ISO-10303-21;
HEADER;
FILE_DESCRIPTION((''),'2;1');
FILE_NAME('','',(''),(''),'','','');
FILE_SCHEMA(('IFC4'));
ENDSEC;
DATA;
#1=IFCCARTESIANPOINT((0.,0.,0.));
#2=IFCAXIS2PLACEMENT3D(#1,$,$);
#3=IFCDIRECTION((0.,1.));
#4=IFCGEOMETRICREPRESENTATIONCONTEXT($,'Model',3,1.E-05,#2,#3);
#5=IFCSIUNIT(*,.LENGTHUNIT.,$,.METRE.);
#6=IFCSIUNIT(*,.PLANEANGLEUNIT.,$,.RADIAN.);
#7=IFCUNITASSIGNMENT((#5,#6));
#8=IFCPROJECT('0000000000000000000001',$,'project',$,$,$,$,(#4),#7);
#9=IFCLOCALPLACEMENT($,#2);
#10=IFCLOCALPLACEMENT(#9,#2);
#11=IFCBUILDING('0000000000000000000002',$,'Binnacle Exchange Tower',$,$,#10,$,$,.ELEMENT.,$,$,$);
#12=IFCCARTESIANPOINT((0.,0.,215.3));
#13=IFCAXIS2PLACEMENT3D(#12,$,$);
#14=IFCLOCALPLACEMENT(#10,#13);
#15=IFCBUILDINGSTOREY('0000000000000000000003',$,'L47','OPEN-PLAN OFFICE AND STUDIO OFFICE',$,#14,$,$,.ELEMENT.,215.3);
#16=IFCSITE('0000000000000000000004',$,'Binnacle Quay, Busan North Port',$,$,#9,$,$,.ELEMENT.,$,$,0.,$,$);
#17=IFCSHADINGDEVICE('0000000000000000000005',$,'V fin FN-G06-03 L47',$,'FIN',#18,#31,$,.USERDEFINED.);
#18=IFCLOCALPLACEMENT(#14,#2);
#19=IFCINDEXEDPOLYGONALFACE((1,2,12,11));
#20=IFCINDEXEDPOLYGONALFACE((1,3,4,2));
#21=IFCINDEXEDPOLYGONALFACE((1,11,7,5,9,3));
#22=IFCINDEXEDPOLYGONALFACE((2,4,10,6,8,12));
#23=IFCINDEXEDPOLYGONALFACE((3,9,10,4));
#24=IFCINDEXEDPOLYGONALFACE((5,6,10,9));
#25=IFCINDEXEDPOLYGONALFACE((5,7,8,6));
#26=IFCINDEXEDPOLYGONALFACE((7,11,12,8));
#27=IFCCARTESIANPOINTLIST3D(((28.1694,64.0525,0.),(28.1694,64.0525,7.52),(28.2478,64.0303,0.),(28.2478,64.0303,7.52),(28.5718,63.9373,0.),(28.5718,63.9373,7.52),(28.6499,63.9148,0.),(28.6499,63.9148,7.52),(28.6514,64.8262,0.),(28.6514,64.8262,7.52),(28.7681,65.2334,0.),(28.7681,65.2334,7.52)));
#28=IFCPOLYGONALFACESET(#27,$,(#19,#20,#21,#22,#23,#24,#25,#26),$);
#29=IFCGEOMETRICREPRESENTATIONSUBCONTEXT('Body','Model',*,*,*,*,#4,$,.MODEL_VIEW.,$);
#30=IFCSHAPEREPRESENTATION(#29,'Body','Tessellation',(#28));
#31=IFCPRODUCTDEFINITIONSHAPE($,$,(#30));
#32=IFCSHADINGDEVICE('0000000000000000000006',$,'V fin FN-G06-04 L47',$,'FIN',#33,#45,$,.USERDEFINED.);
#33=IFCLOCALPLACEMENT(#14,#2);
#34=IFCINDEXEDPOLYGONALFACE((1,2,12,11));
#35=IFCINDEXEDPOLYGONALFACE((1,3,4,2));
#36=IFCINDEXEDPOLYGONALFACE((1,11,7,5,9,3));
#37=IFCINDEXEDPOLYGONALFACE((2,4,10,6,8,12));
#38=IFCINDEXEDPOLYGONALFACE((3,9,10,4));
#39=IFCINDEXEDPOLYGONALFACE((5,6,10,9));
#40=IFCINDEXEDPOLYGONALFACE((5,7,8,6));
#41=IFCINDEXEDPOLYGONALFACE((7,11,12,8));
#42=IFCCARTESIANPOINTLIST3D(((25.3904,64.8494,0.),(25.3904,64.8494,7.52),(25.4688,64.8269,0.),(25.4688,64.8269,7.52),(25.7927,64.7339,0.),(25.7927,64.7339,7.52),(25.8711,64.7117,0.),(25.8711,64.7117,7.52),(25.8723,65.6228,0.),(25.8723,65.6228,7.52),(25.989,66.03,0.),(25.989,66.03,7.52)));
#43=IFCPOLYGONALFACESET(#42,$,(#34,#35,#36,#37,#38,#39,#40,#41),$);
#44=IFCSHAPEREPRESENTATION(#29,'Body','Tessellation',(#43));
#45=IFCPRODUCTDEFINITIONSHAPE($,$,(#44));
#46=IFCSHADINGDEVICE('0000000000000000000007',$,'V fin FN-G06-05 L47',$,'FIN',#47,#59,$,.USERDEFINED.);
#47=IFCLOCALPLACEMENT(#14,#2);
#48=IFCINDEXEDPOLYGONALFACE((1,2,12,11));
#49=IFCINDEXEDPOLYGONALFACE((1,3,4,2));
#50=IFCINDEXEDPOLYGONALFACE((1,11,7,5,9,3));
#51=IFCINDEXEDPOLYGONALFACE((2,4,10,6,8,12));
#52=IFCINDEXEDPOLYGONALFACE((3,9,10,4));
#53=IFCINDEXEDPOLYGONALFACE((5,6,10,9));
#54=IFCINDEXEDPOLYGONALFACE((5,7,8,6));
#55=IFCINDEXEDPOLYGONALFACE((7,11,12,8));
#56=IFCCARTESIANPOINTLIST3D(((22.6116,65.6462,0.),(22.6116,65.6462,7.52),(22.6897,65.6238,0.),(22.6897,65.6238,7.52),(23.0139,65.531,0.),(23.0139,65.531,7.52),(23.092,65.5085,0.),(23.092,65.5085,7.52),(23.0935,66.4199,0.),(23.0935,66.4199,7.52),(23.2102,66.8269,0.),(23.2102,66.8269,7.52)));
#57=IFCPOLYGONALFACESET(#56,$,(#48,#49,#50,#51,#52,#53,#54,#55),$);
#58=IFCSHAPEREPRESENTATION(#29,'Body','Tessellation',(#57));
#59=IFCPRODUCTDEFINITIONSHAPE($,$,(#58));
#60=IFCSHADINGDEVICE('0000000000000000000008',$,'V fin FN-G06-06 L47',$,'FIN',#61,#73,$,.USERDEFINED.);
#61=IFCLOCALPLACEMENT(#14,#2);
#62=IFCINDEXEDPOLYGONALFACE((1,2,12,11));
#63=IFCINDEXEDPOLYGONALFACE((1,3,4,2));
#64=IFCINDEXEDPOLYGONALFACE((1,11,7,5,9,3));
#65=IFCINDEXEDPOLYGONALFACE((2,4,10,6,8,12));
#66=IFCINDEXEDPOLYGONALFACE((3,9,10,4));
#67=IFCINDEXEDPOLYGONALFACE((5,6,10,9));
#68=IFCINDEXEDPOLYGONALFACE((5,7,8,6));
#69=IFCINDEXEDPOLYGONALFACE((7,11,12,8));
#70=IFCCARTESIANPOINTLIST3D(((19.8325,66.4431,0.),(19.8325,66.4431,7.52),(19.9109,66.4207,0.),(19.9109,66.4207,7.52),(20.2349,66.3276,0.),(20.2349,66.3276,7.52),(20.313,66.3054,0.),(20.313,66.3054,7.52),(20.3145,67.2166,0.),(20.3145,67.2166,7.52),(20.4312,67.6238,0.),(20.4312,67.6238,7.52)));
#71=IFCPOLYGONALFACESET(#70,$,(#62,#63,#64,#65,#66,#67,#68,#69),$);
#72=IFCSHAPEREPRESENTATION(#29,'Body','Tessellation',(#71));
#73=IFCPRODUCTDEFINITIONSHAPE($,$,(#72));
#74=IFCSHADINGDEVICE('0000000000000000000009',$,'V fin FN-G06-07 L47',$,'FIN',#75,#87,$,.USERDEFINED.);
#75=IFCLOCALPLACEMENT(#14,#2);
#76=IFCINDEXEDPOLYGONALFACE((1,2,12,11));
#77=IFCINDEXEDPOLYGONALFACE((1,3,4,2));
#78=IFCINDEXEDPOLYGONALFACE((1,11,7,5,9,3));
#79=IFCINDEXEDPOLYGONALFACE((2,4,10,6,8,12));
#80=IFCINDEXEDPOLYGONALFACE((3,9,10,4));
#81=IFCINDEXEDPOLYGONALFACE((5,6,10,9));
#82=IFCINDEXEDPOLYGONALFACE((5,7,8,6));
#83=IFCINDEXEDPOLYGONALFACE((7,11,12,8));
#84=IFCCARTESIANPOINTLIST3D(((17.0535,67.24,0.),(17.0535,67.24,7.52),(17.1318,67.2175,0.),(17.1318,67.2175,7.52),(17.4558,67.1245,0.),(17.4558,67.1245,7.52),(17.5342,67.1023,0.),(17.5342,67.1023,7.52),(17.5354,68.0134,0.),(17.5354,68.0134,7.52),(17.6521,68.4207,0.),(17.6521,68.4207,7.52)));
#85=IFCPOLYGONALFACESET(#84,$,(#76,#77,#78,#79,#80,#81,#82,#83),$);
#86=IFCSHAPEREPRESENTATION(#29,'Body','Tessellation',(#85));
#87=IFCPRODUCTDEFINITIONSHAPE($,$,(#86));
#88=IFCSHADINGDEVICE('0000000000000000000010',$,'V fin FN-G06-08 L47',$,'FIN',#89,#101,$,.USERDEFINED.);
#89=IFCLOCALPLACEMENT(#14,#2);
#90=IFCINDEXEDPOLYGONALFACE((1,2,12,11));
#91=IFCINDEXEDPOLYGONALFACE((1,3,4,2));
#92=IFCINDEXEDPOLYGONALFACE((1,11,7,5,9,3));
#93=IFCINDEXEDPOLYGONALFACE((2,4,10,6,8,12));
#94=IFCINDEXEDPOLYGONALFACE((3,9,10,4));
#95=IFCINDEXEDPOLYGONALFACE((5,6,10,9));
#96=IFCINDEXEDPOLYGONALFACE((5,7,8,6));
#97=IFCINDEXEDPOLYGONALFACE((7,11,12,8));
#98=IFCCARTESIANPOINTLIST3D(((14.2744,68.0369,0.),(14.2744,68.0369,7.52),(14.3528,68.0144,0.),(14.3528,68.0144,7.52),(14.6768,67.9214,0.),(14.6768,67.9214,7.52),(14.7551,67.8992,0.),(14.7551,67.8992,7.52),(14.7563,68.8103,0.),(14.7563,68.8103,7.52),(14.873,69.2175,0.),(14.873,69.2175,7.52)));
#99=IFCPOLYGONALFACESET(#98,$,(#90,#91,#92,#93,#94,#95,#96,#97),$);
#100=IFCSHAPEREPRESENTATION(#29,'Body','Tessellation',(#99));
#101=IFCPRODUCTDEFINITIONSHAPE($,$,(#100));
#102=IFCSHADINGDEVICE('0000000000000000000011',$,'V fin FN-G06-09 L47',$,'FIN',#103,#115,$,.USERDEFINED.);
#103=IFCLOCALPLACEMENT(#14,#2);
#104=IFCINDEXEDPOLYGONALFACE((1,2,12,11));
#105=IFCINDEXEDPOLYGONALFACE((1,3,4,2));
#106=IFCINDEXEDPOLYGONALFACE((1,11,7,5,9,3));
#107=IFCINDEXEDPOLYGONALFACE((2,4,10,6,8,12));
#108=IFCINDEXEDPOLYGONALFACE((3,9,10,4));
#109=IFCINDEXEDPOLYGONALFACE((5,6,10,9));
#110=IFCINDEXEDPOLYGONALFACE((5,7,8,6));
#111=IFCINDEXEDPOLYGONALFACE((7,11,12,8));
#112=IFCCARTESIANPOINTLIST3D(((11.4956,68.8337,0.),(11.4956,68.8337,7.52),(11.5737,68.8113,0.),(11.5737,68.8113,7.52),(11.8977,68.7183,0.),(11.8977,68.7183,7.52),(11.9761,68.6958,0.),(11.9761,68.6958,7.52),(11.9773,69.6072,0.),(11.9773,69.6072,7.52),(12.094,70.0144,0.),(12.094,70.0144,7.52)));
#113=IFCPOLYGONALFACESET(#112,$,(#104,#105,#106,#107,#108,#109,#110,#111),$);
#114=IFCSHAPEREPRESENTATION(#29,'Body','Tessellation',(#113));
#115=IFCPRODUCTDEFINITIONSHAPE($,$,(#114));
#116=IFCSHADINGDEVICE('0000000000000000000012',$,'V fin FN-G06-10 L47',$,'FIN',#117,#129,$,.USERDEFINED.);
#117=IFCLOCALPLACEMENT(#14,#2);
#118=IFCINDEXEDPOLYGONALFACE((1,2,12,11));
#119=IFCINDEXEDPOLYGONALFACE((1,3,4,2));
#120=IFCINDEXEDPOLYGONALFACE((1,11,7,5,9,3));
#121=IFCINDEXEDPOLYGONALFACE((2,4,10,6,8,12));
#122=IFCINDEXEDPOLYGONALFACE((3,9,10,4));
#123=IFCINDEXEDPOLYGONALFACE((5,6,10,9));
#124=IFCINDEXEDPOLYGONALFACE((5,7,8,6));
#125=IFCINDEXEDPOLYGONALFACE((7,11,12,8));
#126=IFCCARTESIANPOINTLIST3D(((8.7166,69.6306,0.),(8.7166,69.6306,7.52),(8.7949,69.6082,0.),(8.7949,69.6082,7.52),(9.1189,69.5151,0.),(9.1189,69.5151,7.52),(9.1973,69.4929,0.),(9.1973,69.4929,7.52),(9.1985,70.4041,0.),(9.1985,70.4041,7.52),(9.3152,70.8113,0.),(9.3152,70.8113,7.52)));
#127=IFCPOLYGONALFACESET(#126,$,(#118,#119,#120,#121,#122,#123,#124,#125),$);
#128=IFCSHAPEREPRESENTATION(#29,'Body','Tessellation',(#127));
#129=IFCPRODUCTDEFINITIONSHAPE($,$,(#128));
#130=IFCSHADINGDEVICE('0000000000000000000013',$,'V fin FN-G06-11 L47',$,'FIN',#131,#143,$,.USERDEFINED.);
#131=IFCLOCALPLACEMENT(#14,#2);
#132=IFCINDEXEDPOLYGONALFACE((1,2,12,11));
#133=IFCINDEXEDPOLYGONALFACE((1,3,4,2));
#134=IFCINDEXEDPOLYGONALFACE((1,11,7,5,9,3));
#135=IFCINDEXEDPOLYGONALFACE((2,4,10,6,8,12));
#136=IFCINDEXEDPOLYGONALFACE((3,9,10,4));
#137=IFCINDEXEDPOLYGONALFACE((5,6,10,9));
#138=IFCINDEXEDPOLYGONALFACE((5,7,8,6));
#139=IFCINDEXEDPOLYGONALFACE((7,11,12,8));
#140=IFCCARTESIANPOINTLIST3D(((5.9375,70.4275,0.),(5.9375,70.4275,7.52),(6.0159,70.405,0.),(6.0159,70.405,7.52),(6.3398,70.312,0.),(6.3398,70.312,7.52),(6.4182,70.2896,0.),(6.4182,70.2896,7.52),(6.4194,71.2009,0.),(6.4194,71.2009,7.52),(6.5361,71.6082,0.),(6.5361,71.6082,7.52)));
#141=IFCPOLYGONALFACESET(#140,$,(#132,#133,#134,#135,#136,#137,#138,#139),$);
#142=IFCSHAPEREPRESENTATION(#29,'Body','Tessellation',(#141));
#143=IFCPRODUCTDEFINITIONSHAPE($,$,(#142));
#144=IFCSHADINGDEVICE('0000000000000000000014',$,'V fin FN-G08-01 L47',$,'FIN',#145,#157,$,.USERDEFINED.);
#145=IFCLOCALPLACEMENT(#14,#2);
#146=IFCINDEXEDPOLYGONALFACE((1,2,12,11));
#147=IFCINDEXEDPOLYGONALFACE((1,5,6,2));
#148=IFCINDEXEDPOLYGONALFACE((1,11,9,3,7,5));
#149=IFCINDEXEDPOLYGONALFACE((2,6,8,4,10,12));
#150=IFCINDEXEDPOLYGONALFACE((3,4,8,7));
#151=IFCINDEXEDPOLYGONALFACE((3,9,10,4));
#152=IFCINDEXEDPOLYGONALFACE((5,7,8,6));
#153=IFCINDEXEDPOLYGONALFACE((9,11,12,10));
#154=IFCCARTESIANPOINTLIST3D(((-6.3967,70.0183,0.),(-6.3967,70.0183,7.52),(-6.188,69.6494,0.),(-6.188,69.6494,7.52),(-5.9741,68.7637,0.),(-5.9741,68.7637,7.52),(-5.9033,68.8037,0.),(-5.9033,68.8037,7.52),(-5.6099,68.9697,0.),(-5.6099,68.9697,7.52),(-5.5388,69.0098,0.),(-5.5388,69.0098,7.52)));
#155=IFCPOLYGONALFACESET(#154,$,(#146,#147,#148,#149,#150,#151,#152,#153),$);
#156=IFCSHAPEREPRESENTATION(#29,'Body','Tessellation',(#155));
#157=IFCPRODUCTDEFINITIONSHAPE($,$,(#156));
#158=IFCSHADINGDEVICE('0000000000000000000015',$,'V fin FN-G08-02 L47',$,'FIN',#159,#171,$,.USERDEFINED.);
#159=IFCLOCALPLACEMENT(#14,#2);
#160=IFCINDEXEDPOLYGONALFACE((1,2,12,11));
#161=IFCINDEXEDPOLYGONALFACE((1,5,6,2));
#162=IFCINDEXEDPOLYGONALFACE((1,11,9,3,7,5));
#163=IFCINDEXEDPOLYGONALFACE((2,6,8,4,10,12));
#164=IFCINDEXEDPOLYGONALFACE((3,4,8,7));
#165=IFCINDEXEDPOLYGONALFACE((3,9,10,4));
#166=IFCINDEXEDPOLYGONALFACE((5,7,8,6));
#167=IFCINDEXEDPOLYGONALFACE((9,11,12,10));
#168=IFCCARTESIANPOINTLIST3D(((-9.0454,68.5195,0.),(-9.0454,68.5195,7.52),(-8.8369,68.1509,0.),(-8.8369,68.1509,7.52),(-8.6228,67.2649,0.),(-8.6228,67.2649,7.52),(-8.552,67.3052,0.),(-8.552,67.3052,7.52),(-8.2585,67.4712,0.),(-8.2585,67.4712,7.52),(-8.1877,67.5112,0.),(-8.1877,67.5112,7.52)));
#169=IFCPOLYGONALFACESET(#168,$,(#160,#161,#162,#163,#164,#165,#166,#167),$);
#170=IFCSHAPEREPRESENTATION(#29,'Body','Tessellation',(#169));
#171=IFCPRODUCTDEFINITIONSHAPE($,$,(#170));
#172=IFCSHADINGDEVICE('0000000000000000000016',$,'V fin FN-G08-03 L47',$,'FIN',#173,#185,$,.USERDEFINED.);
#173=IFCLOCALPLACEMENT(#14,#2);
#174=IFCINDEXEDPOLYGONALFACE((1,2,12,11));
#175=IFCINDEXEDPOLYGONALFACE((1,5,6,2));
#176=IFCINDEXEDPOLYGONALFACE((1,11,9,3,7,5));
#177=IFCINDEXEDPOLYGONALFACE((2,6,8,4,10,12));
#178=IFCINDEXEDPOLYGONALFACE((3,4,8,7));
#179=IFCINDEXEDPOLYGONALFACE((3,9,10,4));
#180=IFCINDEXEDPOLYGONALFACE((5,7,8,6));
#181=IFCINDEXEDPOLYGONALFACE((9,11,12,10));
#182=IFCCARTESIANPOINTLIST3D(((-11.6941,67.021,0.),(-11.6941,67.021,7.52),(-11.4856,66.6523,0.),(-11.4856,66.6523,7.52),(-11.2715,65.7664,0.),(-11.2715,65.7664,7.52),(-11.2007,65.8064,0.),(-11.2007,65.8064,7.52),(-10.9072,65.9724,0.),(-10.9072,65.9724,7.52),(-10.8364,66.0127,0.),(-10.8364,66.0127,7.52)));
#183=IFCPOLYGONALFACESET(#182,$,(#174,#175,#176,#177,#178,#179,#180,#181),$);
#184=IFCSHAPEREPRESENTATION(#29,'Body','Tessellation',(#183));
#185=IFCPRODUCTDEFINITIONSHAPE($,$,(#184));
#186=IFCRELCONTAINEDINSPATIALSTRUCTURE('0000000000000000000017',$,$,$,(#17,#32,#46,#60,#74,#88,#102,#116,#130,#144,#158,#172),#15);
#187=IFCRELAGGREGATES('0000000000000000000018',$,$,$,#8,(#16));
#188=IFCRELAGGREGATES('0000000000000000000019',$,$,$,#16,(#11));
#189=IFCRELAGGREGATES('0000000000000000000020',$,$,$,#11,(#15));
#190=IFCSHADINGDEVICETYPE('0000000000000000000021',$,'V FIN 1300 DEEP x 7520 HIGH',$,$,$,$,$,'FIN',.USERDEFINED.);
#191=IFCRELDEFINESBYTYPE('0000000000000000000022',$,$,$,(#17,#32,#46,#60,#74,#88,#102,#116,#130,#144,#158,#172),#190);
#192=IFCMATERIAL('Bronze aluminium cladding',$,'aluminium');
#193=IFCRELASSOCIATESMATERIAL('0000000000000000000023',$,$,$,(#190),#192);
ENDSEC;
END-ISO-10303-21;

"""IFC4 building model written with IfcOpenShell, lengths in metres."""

from ifc_helpers import new_model, si_unit, direction, frame, origin, place, context, subcontext, project, spatial, polyline, outline, extrude, material, type_object, element, save


model = new_model("IFC4")

# Units and contexts
model_context = context("Model", 3, precision=1e-05, world=origin(), true_north=direction((0.0, 1.0)))
body_context = subcontext(model_context, "Body", "Model", "MODEL_VIEW")
ifc_project = project(units=[si_unit("LENGTHUNIT", "METRE"), si_unit("PLANEANGLEUNIT", "RADIAN")], contexts=[model_context])

# Site, building, storey
site_placement = place(None, origin())
site = spatial("IfcSite", under=ifc_project, at=site_placement, Name="Binnacle Quay, Busan North Port", CompositionType="ELEMENT", RefElevation=0.0)
building_placement = place(site_placement, origin())
building = spatial("IfcBuilding", under=site, at=building_placement, Name="Binnacle Exchange Tower", CompositionType="ELEMENT")
storey_placement = place(building_placement, frame((0.0, 0.0, 215.3)))
storey = spatial("IfcBuildingStorey", under=building, at=storey_placement, Name="L47", Description="OPEN-PLAN OFFICE AND STUDIO OFFICE", CompositionType="ELEMENT", Elevation=215.3)

# Shading devices
ifc_material_1 = material(Name="Bronze aluminium cladding", Category="aluminium")
shading_device_type = type_object("IfcShadingDeviceType", Name="V FIN 1300 DEEP x 7520 HIGH", ElementType="FIN", PredefinedType="USERDEFINED", material=ifc_material_1)
shading_device_1_placement = place(storey_placement, origin())
element("IfcShadingDevice", 1, at=shading_device_1_placement, inside=storey, type_object=shading_device_type, Name="V fin FN-G06-03 L47", ObjectType="FIN", PredefinedType="USERDEFINED", context=body_context, shape_type="SweptSolid", body=[
    extrude(outline(polyline([(28.6499, 63.9148), (28.7681, 65.2334), (28.1694, 64.0525), (28.2478, 64.0303), (28.6514, 64.8262), (28.5718, 63.9373), (28.6499, 63.9148)])), origin(), (0.0, 0.0, 1.0), 7.52),
])
shading_device_2_placement = place(storey_placement, origin())
element("IfcShadingDevice", 2, at=shading_device_2_placement, inside=storey, type_object=shading_device_type, Name="V fin FN-G06-04 L47", ObjectType="FIN", PredefinedType="USERDEFINED", context=body_context, shape_type="SweptSolid", body=[
    extrude(outline(polyline([(25.8711, 64.7117), (25.989, 66.03), (25.3904, 64.8494), (25.4688, 64.8269), (25.8723, 65.6228), (25.7927, 64.7339), (25.8711, 64.7117)])), origin(), (0.0, 0.0, 1.0), 7.52),
])
shading_device_3_placement = place(storey_placement, origin())
element("IfcShadingDevice", 3, at=shading_device_3_placement, inside=storey, type_object=shading_device_type, Name="V fin FN-G06-05 L47", ObjectType="FIN", PredefinedType="USERDEFINED", context=body_context, shape_type="SweptSolid", body=[
    extrude(outline(polyline([(23.092, 65.5085), (23.2102, 66.8269), (22.6116, 65.6462), (22.6897, 65.6238), (23.0935, 66.4199), (23.0139, 65.531), (23.092, 65.5085)])), origin(), (0.0, 0.0, 1.0), 7.52),
])
shading_device_4_placement = place(storey_placement, origin())
element("IfcShadingDevice", 4, at=shading_device_4_placement, inside=storey, type_object=shading_device_type, Name="V fin FN-G06-06 L47", ObjectType="FIN", PredefinedType="USERDEFINED", context=body_context, shape_type="SweptSolid", body=[
    extrude(outline(polyline([(20.313, 66.3054), (20.4312, 67.6238), (19.8325, 66.4431), (19.9109, 66.4207), (20.3145, 67.2166), (20.2349, 66.3276), (20.313, 66.3054)])), origin(), (0.0, 0.0, 1.0), 7.52),
])
shading_device_5_placement = place(storey_placement, origin())
element("IfcShadingDevice", 5, at=shading_device_5_placement, inside=storey, type_object=shading_device_type, Name="V fin FN-G06-07 L47", ObjectType="FIN", PredefinedType="USERDEFINED", context=body_context, shape_type="SweptSolid", body=[
    extrude(outline(polyline([(17.5342, 67.1023), (17.6521, 68.4207), (17.0535, 67.24), (17.1318, 67.2175), (17.5354, 68.0134), (17.4558, 67.1245), (17.5342, 67.1023)])), origin(), (0.0, 0.0, 1.0), 7.52),
])
shading_device_6_placement = place(storey_placement, origin())
element("IfcShadingDevice", 6, at=shading_device_6_placement, inside=storey, type_object=shading_device_type, Name="V fin FN-G06-08 L47", ObjectType="FIN", PredefinedType="USERDEFINED", context=body_context, shape_type="SweptSolid", body=[
    extrude(outline(polyline([(14.7551, 67.8992), (14.873, 69.2175), (14.2744, 68.0369), (14.3528, 68.0144), (14.7563, 68.8103), (14.6768, 67.9214), (14.7551, 67.8992)])), origin(), (0.0, 0.0, 1.0), 7.52),
])
shading_device_7_placement = place(storey_placement, origin())
element("IfcShadingDevice", 7, at=shading_device_7_placement, inside=storey, type_object=shading_device_type, Name="V fin FN-G06-09 L47", ObjectType="FIN", PredefinedType="USERDEFINED", context=body_context, shape_type="SweptSolid", body=[
    extrude(outline(polyline([(11.9761, 68.6958), (12.094, 70.0144), (11.4956, 68.8337), (11.5737, 68.8113), (11.9773, 69.6072), (11.8977, 68.7183), (11.9761, 68.6958)])), origin(), (0.0, 0.0, 1.0), 7.52),
])
shading_device_8_placement = place(storey_placement, origin())
element("IfcShadingDevice", 8, at=shading_device_8_placement, inside=storey, type_object=shading_device_type, Name="V fin FN-G06-10 L47", ObjectType="FIN", PredefinedType="USERDEFINED", context=body_context, shape_type="SweptSolid", body=[
    extrude(outline(polyline([(9.1973, 69.4929), (9.3152, 70.8113), (8.7166, 69.6306), (8.7949, 69.6082), (9.1985, 70.4041), (9.1189, 69.5151), (9.1973, 69.4929)])), origin(), (0.0, 0.0, 1.0), 7.52),
])
shading_device_9_placement = place(storey_placement, origin())
element("IfcShadingDevice", 9, at=shading_device_9_placement, inside=storey, type_object=shading_device_type, Name="V fin FN-G06-11 L47", ObjectType="FIN", PredefinedType="USERDEFINED", context=body_context, shape_type="SweptSolid", body=[
    extrude(outline(polyline([(6.4182, 70.2896), (6.5361, 71.6082), (5.9375, 70.4275), (6.0159, 70.405), (6.4194, 71.2009), (6.3398, 70.312), (6.4182, 70.2896)])), origin(), (0.0, 0.0, 1.0), 7.52),
])
shading_device_10_placement = place(storey_placement, origin())
element("IfcShadingDevice", 10, at=shading_device_10_placement, inside=storey, type_object=shading_device_type, Name="V fin FN-G08-01 L47", ObjectType="FIN", PredefinedType="USERDEFINED", context=body_context, shape_type="SweptSolid", body=[
    extrude(outline(polyline([(-5.5388, 69.0098), (-6.3967, 70.0183), (-5.9741, 68.7637), (-5.9033, 68.8037), (-6.188, 69.6494), (-5.6099, 68.9697), (-5.5388, 69.0098)])), origin(), (0.0, 0.0, 1.0), 7.52),
])
shading_device_11_placement = place(storey_placement, origin())
element("IfcShadingDevice", 11, at=shading_device_11_placement, inside=storey, type_object=shading_device_type, Name="V fin FN-G08-02 L47", ObjectType="FIN", PredefinedType="USERDEFINED", context=body_context, shape_type="SweptSolid", body=[
    extrude(outline(polyline([(-8.1877, 67.5112), (-9.0454, 68.5195), (-8.6228, 67.2649), (-8.552, 67.3052), (-8.8369, 68.1509), (-8.2585, 67.4712), (-8.1877, 67.5112)])), origin(), (0.0, 0.0, 1.0), 7.52),
])
shading_device_12_placement = place(storey_placement, origin())
element("IfcShadingDevice", 12, at=shading_device_12_placement, inside=storey, type_object=shading_device_type, Name="V fin FN-G08-03 L47", ObjectType="FIN", PredefinedType="USERDEFINED", context=body_context, shape_type="SweptSolid", body=[
    extrude(outline(polyline([(-10.8364, 66.0127), (-11.6941, 67.021), (-11.2715, 65.7664), (-11.2007, 65.8064), (-11.4856, 66.6523), (-10.9072, 65.9724), (-10.8364, 66.0127)])), origin(), (0.0, 0.0, 1.0), 7.52),
])

save(model, "model.ifc")
